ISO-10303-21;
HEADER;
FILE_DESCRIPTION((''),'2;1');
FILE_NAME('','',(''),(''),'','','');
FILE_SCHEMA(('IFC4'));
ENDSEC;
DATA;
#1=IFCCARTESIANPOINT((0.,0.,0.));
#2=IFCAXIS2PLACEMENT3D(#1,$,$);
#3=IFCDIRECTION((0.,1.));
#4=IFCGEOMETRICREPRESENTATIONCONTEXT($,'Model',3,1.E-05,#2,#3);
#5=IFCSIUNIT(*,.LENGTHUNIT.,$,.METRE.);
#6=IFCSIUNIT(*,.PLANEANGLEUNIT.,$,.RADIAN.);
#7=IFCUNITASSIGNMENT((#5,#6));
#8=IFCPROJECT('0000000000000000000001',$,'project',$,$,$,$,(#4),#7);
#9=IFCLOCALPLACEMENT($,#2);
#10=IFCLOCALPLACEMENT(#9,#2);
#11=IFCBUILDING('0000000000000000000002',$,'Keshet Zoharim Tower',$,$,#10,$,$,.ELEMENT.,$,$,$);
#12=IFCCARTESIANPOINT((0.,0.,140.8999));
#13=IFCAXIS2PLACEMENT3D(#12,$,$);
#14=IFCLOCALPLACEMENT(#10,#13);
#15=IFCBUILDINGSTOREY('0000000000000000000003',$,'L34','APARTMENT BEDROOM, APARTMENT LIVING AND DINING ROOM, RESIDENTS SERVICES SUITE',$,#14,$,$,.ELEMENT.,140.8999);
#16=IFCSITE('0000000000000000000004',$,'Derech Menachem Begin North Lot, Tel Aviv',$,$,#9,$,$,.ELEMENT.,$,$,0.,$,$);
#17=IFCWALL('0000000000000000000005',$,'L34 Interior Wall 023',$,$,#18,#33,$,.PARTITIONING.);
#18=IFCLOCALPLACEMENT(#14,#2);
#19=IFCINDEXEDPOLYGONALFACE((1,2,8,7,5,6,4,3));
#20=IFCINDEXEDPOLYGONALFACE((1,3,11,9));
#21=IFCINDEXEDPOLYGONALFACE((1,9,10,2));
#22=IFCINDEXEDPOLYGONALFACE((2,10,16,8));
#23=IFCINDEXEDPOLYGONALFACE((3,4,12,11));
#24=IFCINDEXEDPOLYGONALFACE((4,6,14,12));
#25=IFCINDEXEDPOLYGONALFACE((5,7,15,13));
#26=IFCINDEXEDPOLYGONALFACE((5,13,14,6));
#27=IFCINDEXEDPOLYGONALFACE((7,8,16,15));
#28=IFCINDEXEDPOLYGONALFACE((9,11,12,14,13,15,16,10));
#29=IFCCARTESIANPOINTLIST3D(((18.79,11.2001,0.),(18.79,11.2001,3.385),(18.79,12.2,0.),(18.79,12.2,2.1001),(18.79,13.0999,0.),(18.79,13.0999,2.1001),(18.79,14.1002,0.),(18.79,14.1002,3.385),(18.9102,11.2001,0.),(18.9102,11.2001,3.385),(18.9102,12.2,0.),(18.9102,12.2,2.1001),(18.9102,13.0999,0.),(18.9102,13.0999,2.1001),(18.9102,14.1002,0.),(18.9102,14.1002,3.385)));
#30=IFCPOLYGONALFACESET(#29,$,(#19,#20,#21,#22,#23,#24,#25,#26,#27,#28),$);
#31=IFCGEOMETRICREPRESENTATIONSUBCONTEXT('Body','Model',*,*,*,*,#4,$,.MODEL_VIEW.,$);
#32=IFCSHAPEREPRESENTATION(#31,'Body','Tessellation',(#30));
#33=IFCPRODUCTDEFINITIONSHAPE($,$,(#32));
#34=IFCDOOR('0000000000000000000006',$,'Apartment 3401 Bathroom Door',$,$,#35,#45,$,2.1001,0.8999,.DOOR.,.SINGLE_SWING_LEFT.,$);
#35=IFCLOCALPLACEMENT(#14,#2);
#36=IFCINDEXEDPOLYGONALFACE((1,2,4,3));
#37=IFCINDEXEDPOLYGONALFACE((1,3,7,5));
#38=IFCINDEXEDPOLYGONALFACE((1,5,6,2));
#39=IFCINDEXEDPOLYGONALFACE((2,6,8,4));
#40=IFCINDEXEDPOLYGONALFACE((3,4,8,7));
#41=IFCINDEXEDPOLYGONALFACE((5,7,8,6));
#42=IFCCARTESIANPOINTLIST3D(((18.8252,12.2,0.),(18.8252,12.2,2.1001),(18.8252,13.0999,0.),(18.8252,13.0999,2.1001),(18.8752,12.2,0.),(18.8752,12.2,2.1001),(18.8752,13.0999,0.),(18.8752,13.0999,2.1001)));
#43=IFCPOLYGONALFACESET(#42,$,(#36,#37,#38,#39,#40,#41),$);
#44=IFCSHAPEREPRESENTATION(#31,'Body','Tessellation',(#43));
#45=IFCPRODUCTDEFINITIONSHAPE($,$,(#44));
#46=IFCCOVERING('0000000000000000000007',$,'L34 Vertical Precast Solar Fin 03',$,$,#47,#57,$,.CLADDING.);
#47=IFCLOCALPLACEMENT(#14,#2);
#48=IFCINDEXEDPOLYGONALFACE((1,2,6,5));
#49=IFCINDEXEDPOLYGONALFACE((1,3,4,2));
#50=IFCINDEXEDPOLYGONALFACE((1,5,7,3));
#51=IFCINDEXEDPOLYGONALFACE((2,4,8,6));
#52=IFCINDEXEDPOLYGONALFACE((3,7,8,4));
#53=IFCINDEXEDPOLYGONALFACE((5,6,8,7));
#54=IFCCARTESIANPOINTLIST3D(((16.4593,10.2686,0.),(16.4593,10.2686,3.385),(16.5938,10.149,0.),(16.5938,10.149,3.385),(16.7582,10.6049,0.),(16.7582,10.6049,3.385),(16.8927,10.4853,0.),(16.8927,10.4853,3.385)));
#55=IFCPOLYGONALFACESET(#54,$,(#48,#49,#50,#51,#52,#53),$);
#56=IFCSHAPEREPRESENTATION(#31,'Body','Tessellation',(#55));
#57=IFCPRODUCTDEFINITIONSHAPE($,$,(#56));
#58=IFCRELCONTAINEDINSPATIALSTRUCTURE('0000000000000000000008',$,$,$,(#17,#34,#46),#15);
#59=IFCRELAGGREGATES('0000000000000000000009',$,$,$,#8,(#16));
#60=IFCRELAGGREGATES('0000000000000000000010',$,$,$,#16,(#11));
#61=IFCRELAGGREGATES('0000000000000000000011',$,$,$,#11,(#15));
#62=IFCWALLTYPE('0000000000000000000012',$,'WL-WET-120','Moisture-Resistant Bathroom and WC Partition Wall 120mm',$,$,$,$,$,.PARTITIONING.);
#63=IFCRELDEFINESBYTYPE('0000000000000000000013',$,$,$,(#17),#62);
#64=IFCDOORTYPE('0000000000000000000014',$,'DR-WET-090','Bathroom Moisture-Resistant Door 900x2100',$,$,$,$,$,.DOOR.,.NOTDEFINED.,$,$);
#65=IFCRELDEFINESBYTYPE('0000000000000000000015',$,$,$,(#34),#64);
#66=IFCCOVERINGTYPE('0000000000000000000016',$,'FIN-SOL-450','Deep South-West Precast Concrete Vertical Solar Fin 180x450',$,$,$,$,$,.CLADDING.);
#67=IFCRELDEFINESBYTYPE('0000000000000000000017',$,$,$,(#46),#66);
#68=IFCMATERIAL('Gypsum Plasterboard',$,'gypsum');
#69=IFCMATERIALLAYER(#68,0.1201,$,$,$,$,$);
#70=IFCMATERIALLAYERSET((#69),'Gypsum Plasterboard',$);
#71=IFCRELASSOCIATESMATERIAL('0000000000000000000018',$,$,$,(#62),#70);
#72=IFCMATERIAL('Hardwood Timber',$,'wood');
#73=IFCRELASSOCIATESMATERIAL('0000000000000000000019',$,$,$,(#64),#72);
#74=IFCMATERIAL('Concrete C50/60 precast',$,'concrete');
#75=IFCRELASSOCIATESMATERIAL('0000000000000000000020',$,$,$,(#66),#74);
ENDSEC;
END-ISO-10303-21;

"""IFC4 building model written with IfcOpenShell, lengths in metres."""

from ifc_helpers import new_model, si_unit, direction, frame, frame_2d, origin, origin_2d, place, context, subcontext, project, spatial, rectangle, extrude, material, layer, layer_set, type_object, element, fill, save


model = new_model("IFC4")

# Units and contexts
model_context = context("Model", 3, precision=1e-05, world=origin(), true_north=direction((0.0, 1.0)))
body_context = subcontext(model_context, "Body", "Model", "MODEL_VIEW")
ifc_project = project(units=[si_unit("LENGTHUNIT", "METRE"), si_unit("PLANEANGLEUNIT", "RADIAN")], contexts=[model_context])

# Site, building, storey
site_placement = place(None, origin())
site = spatial("IfcSite", under=ifc_project, at=site_placement, Name="Derech Menachem Begin North Lot, Tel Aviv", CompositionType="ELEMENT", RefElevation=0.0)
building_placement = place(site_placement, origin())
building = spatial("IfcBuilding", under=site, at=building_placement, Name="Keshet Zoharim Tower", CompositionType="ELEMENT")
storey_placement = place(building_placement, frame((0.0, 0.0, 140.8999)))
storey = spatial("IfcBuildingStorey", under=building, at=storey_placement, Name="L34", Description="APARTMENT BEDROOM, APARTMENT LIVING AND DINING ROOM, RESIDENTS SERVICES SUITE", CompositionType="ELEMENT", Elevation=140.8999)

# Shared definitions
ifc_material_1 = material(Name="Gypsum Plasterboard", Category="gypsum")
ifc_material_2 = material(Name="Hardwood Timber", Category="wood")

# Wall, opening, door
ifc_layer_1 = layer(ifc_material_1, 0.1201)
ifc_layer_set_1 = layer_set([ifc_layer_1], Name="Gypsum Plasterboard")
wall_type_1 = type_object("IfcWallType", Name="WL-WET-120", Description="Moisture-Resistant Bathroom and WC Partition Wall 120mm", PredefinedType="PARTITIONING", material=ifc_layer_set_1)
wall_1_placement = place(storey_placement, frame((18.8501, 11.2, 0.0), z_axis=(0.0, 0.0, 1.0), x_axis=(0.0, 1.0, 0.0)))
wall_1 = element("IfcWall", 1, at=wall_1_placement, inside=storey, type_object=wall_type_1, Name="L34 Interior Wall 023", PredefinedType="PARTITIONING", context=body_context, shape_type="SweptSolid", body=[
    extrude(rectangle(XDim=2.9001, YDim=0.1201, at=frame_2d((1.4502, 0.0))), origin(), (0.0, 0.0, 1.0), 3.385),
])
opening_1_placement = place(wall_1_placement, frame((1.0, 0.0, 0.0)))
opening_1 = element("IfcOpeningElement", 2, at=opening_1_placement, cuts=wall_1, PredefinedType="OPENING", context=body_context, shape_type="SweptSolid", body=[
    extrude(rectangle(XDim=0.8999, YDim=2.1001, at=frame_2d((0.45, 1.05))), frame((0.0, 0.0701, 0.0), z_axis=(0.0, -1.0, 0.0), x_axis=(1.0, 0.0, 0.0)), (0.0, 0.0, 1.0), 0.1401),
])
door_type_1 = type_object("IfcDoorType", Name="DR-WET-090", Description="Bathroom Moisture-Resistant Door 900x2100", OperationType="NOTDEFINED", PredefinedType="DOOR", material=ifc_material_2)
door_1_placement = place(opening_1_placement, origin())
door_1 = element("IfcDoor", 3, at=door_1_placement, inside=storey, type_object=door_type_1, Name="Apartment 3401 Bathroom Door", OperationType="SINGLE_SWING_LEFT", OverallHeight=2.1001, OverallWidth=0.8999, PredefinedType="DOOR", context=body_context, shape_type="SweptSolid", body=[
    extrude(rectangle(XDim=0.8999, YDim=2.1001, at=frame_2d((0.45, 1.05))), frame((0.0, 0.0249, 0.0), z_axis=(0.0, -1.0, 0.0), x_axis=(1.0, 0.0, 0.0)), (0.0, 0.0, 1.0), 0.05),
])
fill(opening_1, door_1)

# Covering
ifc_material_3 = material(Name="Concrete C50/60 precast", Category="concrete")
covering_type = type_object("IfcCoveringType", Name="FIN-SOL-450", Description="Deep South-West Precast Concrete Vertical Solar Fin 180x450", PredefinedType="CLADDING", material=ifc_material_3)
covering_placement = place(storey_placement, frame((16.676, 10.377, 0.0), z_axis=(0.0, 0.0, 1.0), x_axis=(-0.747409, 0.664364, 0.0)))
element("IfcCovering", 4, at=covering_placement, inside=storey, type_object=covering_type, Name="L34 Vertical Precast Solar Fin 03", PredefinedType="CLADDING", context=body_context, shape_type="SweptSolid", body=[
    extrude(rectangle(XDim=0.1799, YDim=0.45, at=origin_2d()), origin(), (0.0, 0.0, 1.0), 3.385),
])

save(model, "model.ifc")
